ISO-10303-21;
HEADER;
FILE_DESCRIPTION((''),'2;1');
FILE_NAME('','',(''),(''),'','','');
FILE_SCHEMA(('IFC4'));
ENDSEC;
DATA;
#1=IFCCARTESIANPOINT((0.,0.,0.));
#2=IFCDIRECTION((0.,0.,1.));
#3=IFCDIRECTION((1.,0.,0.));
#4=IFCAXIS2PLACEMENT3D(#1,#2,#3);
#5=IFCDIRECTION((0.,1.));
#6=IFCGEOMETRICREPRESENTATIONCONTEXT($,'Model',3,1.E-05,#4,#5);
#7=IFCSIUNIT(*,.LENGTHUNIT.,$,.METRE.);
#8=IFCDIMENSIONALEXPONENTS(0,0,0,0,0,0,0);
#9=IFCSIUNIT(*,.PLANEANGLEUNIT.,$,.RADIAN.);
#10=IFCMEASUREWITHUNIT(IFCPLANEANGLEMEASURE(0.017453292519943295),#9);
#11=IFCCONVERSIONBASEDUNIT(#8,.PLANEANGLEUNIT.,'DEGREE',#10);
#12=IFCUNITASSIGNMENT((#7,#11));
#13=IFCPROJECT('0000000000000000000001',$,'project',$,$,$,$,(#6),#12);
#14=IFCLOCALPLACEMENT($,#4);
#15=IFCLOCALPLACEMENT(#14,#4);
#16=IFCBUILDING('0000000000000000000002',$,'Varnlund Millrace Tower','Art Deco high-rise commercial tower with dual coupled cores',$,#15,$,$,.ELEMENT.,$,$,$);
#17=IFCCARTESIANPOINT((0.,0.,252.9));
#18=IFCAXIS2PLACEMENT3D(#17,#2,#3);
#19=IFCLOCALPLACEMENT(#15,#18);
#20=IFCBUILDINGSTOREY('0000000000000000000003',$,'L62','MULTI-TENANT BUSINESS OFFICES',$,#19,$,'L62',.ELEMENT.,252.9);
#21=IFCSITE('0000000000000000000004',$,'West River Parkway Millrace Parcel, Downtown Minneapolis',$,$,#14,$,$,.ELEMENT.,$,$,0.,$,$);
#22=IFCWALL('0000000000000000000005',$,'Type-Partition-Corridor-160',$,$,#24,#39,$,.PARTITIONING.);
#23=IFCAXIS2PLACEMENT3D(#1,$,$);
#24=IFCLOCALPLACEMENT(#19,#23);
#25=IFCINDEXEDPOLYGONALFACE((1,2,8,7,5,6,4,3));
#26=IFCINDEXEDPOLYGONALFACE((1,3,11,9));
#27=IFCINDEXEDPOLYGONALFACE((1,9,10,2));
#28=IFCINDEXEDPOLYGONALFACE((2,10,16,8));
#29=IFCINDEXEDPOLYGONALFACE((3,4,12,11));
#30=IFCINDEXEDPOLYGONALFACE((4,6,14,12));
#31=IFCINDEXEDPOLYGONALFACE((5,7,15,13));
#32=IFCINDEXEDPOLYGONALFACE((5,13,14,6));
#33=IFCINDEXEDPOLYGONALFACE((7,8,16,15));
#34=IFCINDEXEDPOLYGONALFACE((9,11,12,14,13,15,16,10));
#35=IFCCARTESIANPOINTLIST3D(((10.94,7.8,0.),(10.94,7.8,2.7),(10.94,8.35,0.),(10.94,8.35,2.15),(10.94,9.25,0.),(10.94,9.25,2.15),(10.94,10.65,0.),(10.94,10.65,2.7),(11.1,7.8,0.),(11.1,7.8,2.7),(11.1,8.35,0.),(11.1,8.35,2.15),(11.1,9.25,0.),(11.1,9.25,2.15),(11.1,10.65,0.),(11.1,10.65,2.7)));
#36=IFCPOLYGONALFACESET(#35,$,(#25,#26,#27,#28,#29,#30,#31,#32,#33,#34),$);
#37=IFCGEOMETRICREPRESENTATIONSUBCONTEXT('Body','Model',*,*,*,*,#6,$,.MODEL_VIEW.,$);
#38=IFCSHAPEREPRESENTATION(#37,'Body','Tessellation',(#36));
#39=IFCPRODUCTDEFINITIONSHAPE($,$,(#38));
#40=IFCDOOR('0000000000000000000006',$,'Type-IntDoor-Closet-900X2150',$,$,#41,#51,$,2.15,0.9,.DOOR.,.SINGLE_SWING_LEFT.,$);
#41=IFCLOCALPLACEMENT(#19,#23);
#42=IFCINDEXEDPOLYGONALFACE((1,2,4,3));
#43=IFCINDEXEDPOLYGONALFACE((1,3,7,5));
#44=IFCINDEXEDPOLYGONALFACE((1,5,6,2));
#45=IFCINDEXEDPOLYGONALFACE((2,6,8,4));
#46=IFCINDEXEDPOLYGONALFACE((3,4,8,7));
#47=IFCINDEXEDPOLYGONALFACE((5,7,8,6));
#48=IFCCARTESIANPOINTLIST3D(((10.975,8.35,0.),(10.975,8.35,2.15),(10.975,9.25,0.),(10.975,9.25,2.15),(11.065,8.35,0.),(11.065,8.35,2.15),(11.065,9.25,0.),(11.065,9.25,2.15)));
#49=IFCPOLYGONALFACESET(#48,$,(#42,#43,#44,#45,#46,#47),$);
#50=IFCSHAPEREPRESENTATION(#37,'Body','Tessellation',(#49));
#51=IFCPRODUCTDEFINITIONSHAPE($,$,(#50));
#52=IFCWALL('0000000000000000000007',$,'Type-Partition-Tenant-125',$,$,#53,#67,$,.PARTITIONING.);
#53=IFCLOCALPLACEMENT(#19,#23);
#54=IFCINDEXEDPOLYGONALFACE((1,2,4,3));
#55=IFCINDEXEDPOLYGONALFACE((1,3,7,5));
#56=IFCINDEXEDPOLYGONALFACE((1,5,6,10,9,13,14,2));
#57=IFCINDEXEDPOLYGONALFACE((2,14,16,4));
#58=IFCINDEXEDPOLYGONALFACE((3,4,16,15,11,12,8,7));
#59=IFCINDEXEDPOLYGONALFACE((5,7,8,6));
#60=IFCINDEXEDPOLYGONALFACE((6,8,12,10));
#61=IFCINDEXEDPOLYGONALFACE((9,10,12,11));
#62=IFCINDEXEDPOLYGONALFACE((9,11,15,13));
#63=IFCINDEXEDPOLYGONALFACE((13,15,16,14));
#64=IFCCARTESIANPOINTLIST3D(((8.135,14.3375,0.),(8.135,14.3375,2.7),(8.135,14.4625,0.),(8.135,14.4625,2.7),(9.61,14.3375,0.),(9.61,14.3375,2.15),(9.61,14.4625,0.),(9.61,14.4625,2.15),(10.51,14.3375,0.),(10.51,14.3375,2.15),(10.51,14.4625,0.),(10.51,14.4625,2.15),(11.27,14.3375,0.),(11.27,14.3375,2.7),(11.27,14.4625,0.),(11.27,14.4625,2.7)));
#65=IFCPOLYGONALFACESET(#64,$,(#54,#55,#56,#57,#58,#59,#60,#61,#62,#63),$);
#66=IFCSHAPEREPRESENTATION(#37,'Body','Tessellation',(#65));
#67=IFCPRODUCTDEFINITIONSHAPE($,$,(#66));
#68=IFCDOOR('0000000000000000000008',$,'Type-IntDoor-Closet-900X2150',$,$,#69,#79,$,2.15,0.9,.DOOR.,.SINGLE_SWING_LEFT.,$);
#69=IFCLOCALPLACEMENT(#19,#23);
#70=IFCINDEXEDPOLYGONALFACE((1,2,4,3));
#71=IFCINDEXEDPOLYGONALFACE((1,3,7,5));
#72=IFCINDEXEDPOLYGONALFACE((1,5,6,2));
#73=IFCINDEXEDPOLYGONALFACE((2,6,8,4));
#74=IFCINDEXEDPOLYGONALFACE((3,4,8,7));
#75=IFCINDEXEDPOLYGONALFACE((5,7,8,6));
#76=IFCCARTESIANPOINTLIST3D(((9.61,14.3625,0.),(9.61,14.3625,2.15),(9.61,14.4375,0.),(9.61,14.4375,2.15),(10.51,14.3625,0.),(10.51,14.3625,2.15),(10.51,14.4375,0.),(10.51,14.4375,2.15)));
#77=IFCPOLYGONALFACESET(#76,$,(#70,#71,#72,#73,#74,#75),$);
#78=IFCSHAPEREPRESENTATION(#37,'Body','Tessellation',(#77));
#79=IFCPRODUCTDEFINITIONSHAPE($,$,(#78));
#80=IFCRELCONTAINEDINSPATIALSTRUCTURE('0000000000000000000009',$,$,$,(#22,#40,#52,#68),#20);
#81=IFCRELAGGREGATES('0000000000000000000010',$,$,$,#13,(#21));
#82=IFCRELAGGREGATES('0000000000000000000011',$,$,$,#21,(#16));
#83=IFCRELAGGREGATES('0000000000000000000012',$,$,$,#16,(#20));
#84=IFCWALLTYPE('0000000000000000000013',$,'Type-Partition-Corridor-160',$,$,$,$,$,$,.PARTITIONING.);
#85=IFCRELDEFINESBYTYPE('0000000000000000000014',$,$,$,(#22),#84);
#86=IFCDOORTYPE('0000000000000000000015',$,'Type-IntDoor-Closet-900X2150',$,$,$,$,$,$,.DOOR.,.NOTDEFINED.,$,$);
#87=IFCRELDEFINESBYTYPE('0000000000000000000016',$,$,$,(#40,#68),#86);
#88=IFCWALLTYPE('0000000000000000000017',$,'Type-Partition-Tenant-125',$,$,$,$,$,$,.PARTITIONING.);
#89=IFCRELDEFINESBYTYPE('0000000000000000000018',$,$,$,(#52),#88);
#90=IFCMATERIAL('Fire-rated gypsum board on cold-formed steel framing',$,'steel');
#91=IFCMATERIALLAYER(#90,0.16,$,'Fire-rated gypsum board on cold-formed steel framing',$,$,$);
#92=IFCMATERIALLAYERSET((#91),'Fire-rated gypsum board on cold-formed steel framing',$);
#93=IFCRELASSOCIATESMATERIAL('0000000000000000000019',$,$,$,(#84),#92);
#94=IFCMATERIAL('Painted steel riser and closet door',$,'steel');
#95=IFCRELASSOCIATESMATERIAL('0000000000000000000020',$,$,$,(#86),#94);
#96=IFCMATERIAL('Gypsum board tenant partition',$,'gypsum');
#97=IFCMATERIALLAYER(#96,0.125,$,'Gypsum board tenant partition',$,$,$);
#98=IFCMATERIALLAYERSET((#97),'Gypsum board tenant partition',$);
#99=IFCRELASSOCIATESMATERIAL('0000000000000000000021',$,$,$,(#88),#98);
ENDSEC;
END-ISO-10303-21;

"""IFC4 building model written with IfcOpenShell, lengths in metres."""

from ifc_helpers import new_model, entity, si_unit, converted_unit, direction, frame, origin_with_axes, origin_2d_with_axis, place, context, subcontext, project, spatial, polyline, rectangle, outline, extrude, material, layer, layer_set, type_object, element, fill, save


model = new_model("IFC4")

# Units and contexts
model_context = context("Model", 3, precision=1e-05, world=origin_with_axes(), true_north=direction((0.0, 1.0)))
body_context = subcontext(model_context, "Body", "Model", "MODEL_VIEW")
ifc_project = project(units=[si_unit("LENGTHUNIT", "METRE"), converted_unit("PLANEANGLEUNIT", "DEGREE", entity("IfcPlaneAngleMeasure", 0.017453292519943295), si_unit("PLANEANGLEUNIT", "RADIAN"), dimensions=[0, 0, 0, 0, 0, 0, 0])], contexts=[model_context])

# Site, building, storey
site_placement = place(None, origin_with_axes())
site = spatial("IfcSite", under=ifc_project, at=site_placement, Name="West River Parkway Millrace Parcel, Downtown Minneapolis", CompositionType="ELEMENT", RefElevation=0.0)
building_placement = place(site_placement, origin_with_axes())
building = spatial("IfcBuilding", under=site, at=building_placement, Name="Varnlund Millrace Tower", Description="Art Deco high-rise commercial tower with dual coupled cores", CompositionType="ELEMENT")
storey_placement = place(building_placement, frame((0.0, 0.0, 252.9), z_axis=(0.0, 0.0, 1.0), x_axis=(1.0, 0.0, 0.0)))
storey = spatial("IfcBuildingStorey", under=building, at=storey_placement, Name="L62", Description="MULTI-TENANT BUSINESS OFFICES", LongName="L62", CompositionType="ELEMENT", Elevation=252.9)

# Walls, openings, doors
ifc_material_1 = material(Name="Fire-rated gypsum board on cold-formed steel framing", Category="steel")
ifc_layer_1 = layer(ifc_material_1, 0.16, Name="Fire-rated gypsum board on cold-formed steel framing")
ifc_layer_set_1 = layer_set([ifc_layer_1], Name="Fire-rated gypsum board on cold-formed steel framing")
wall_type_1 = type_object("IfcWallType", Name="Type-Partition-Corridor-160", PredefinedType="PARTITIONING", material=ifc_layer_set_1)
wall_1_placement = place(storey_placement, frame((11.02, 7.8, 0.0), z_axis=(0.0, 0.0, 1.0), x_axis=(0.0, 1.0, 0.0)))
wall_1 = element("IfcWall", 1, at=wall_1_placement, inside=storey, type_object=wall_type_1, Name="Type-Partition-Corridor-160", PredefinedType="PARTITIONING", context=body_context, shape_type="SweptSolid", body=[
    extrude(outline(polyline([(0.0, -0.08), (2.85, -0.08), (2.85, 0.08), (0.0, 0.08), (0.0, -0.08)])), origin_with_axes(), (0.0, 0.0, 1.0), 2.7),
])
opening_1_placement = place(wall_1_placement, frame((1.0, 0.0, 0.0), z_axis=(0.0, 0.0, 1.0), x_axis=(1.0, 0.0, 0.0)))
opening_1 = element("IfcOpeningElement", 2, at=opening_1_placement, cuts=wall_1, PredefinedType="OPENING", context=body_context, shape_type="SweptSolid", body=[
    extrude(rectangle(XDim=0.9, YDim=0.18, at=origin_2d_with_axis()), origin_with_axes(), (0.0, 0.0, 1.0), 2.15),
])
ifc_material_2 = material(Name="Painted steel riser and closet door", Category="steel")
door_type = type_object("IfcDoorType", Name="Type-IntDoor-Closet-900X2150", OperationType="NOTDEFINED", PredefinedType="DOOR", material=ifc_material_2)
door_1_placement = place(wall_1_placement, frame((1.0, 0.0, 0.0), z_axis=(0.0, 0.0, 1.0), x_axis=(1.0, 0.0, 0.0)))
door_1 = element("IfcDoor", 3, at=door_1_placement, inside=storey, type_object=door_type, Name="Type-IntDoor-Closet-900X2150", OperationType="SINGLE_SWING_LEFT", OverallHeight=2.15, OverallWidth=0.9, PredefinedType="DOOR", context=body_context, shape_type="SweptSolid", body=[
    extrude(rectangle(XDim=0.9, YDim=0.09, at=origin_2d_with_axis()), origin_with_axes(), (0.0, 0.0, 1.0), 2.15),
])
fill(opening_1, door_1)
ifc_material_3 = material(Name="Gypsum board tenant partition", Category="gypsum")
ifc_layer_2 = layer(ifc_material_3, 0.125, Name="Gypsum board tenant partition")
ifc_layer_set_2 = layer_set([ifc_layer_2], Name="Gypsum board tenant partition")
wall_type_2 = type_object("IfcWallType", Name="Type-Partition-Tenant-125", PredefinedType="PARTITIONING", material=ifc_layer_set_2)
wall_2_placement = place(storey_placement, frame((8.135, 14.4, 0.0), z_axis=(0.0, 0.0, 1.0), x_axis=(1.0, 0.0, 0.0)))
wall_2 = element("IfcWall", 4, at=wall_2_placement, inside=storey, type_object=wall_type_2, Name="Type-Partition-Tenant-125", PredefinedType="PARTITIONING", context=body_context, shape_type="SweptSolid", body=[
    extrude(outline(polyline([(0.0, -0.0625), (3.135, -0.0625), (3.135, 0.0625), (0.0, 0.0625), (0.0, -0.0625)])), origin_with_axes(), (0.0, 0.0, 1.0), 2.7),
])
opening_2_placement = place(wall_2_placement, frame((1.925, 0.0, 0.0), z_axis=(0.0, 0.0, 1.0), x_axis=(1.0, 0.0, 0.0)))
opening_2 = element("IfcOpeningElement", 5, at=opening_2_placement, cuts=wall_2, PredefinedType="OPENING", context=body_context, shape_type="SweptSolid", body=[
    extrude(rectangle(XDim=0.9, YDim=0.145, at=origin_2d_with_axis()), origin_with_axes(), (0.0, 0.0, 1.0), 2.15),
])
door_2_placement = place(wall_2_placement, frame((1.925, 0.0, 0.0), z_axis=(0.0, 0.0, 1.0), x_axis=(1.0, 0.0, 0.0)))
door_2 = element("IfcDoor", 6, at=door_2_placement, inside=storey, type_object=door_type, Name="Type-IntDoor-Closet-900X2150", OperationType="SINGLE_SWING_LEFT", OverallHeight=2.15, OverallWidth=0.9, PredefinedType="DOOR", context=body_context, shape_type="SweptSolid", body=[
    extrude(rectangle(XDim=0.9, YDim=0.075, at=origin_2d_with_axis()), origin_with_axes(), (0.0, 0.0, 1.0), 2.15),
])
fill(opening_2, door_2)

save(model, "model.ifc")
